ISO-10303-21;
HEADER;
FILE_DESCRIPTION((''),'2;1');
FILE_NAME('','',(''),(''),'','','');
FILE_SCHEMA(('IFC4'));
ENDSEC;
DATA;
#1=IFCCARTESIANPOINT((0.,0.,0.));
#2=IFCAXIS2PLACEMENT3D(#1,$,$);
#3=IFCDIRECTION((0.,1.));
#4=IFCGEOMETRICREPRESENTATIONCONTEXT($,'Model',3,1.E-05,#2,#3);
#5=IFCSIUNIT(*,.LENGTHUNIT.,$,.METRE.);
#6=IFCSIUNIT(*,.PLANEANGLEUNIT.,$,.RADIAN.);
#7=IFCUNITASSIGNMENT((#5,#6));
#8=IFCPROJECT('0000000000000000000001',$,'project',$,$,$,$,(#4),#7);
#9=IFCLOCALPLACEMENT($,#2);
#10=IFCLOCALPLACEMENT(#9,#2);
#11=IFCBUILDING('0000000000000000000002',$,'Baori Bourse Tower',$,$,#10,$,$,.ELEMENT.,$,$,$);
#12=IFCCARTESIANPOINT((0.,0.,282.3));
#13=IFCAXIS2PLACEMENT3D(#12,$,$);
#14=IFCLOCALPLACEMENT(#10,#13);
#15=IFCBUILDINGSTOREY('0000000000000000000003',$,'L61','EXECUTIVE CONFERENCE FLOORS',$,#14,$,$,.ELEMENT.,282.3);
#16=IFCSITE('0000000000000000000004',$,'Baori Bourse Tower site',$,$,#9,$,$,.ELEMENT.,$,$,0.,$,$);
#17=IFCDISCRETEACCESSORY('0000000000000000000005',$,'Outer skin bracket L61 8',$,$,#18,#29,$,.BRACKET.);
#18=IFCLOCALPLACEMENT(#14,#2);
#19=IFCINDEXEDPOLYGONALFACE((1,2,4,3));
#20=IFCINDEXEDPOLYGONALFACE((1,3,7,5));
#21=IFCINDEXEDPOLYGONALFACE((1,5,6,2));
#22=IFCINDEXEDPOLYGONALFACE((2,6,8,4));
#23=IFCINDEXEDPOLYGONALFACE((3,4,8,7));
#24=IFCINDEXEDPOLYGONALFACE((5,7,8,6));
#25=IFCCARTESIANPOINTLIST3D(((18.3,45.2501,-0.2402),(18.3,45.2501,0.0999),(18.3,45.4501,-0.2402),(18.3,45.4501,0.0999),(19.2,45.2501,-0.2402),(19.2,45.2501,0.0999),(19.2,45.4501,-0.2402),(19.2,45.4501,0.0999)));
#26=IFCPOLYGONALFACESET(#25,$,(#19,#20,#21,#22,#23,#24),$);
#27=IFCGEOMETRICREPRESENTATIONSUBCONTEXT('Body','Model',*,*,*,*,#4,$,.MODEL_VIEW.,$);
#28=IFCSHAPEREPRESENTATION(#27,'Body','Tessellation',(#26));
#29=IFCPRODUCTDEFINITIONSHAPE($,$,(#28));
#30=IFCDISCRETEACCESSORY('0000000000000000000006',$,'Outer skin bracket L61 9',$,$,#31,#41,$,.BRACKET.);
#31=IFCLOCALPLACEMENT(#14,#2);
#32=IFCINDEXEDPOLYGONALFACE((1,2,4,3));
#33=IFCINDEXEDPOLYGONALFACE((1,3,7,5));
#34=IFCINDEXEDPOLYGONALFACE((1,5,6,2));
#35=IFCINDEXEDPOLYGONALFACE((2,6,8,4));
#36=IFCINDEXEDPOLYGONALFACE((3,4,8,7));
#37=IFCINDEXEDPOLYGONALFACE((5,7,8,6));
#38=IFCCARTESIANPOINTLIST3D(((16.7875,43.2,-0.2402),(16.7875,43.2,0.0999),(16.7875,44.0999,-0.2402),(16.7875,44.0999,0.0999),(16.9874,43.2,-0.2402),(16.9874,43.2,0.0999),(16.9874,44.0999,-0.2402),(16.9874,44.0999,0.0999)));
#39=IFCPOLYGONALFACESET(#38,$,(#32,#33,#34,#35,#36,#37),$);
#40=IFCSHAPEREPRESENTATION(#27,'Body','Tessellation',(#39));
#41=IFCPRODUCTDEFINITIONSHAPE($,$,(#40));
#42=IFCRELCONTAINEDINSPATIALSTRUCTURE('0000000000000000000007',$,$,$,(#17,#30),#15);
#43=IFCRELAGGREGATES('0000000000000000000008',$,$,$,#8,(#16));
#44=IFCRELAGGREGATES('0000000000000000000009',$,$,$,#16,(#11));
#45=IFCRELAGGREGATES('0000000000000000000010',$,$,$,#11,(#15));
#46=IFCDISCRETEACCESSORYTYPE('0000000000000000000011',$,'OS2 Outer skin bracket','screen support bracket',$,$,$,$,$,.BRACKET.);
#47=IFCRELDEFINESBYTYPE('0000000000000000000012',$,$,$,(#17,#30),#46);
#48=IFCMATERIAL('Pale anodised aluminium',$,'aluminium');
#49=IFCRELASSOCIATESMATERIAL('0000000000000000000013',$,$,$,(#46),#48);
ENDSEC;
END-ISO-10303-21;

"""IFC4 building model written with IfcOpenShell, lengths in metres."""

from ifc_helpers import new_model, si_unit, direction, frame, origin, origin_2d, place, context, subcontext, project, spatial, rectangle, extrude, material, type_object, element, save


model = new_model("IFC4")

# Units and contexts
model_context = context("Model", 3, precision=1e-05, world=origin(), true_north=direction((0.0, 1.0)))
body_context = subcontext(model_context, "Body", "Model", "MODEL_VIEW")
ifc_project = project(units=[si_unit("LENGTHUNIT", "METRE"), si_unit("PLANEANGLEUNIT", "RADIAN")], contexts=[model_context])

# Site, building, storey
site_placement = place(None, origin())
site = spatial("IfcSite", under=ifc_project, at=site_placement, Name="Baori Bourse Tower site", CompositionType="ELEMENT", RefElevation=0.0)
building_placement = place(site_placement, origin())
building = spatial("IfcBuilding", under=site, at=building_placement, Name="Baori Bourse Tower", CompositionType="ELEMENT")
storey_placement = place(building_placement, frame((0.0, 0.0, 282.3)))
storey = spatial("IfcBuildingStorey", under=building, at=storey_placement, Name="L61", Description="EXECUTIVE CONFERENCE FLOORS", CompositionType="ELEMENT", Elevation=282.3)

# Discrete accessories
ifc_material_1 = material(Name="Pale anodised aluminium", Category="aluminium")
discrete_accessory_type = type_object("IfcDiscreteAccessoryType", Name="OS2 Outer skin bracket", Description="screen support bracket", PredefinedType="BRACKET", material=ifc_material_1)
for number, where, z_axis, x_axis, name in (
    (1, (18.75, 45.3501, -0.2402), (0.0, 0.0, 1.0), (0.0, -1.0, 0.0), "Outer skin bracket L61 8"),
    (2, (16.8875, 43.6499, -0.2402), (0.0, 0.0, 1.0), (-1.0, 0.0, 0.0), "Outer skin bracket L61 9"),
):
    element("IfcDiscreteAccessory", number, at=place(storey_placement, frame(where, z_axis=z_axis, x_axis=x_axis)), inside=storey, type_object=discrete_accessory_type, Name=name, PredefinedType="BRACKET", context=body_context, shape_type="SweptSolid", body=[
        extrude(rectangle(XDim=0.2, YDim=0.8999, at=origin_2d()), origin(), (0.0, 0.0, 1.0), 0.3401),
    ])

save(model, "model.ifc")
